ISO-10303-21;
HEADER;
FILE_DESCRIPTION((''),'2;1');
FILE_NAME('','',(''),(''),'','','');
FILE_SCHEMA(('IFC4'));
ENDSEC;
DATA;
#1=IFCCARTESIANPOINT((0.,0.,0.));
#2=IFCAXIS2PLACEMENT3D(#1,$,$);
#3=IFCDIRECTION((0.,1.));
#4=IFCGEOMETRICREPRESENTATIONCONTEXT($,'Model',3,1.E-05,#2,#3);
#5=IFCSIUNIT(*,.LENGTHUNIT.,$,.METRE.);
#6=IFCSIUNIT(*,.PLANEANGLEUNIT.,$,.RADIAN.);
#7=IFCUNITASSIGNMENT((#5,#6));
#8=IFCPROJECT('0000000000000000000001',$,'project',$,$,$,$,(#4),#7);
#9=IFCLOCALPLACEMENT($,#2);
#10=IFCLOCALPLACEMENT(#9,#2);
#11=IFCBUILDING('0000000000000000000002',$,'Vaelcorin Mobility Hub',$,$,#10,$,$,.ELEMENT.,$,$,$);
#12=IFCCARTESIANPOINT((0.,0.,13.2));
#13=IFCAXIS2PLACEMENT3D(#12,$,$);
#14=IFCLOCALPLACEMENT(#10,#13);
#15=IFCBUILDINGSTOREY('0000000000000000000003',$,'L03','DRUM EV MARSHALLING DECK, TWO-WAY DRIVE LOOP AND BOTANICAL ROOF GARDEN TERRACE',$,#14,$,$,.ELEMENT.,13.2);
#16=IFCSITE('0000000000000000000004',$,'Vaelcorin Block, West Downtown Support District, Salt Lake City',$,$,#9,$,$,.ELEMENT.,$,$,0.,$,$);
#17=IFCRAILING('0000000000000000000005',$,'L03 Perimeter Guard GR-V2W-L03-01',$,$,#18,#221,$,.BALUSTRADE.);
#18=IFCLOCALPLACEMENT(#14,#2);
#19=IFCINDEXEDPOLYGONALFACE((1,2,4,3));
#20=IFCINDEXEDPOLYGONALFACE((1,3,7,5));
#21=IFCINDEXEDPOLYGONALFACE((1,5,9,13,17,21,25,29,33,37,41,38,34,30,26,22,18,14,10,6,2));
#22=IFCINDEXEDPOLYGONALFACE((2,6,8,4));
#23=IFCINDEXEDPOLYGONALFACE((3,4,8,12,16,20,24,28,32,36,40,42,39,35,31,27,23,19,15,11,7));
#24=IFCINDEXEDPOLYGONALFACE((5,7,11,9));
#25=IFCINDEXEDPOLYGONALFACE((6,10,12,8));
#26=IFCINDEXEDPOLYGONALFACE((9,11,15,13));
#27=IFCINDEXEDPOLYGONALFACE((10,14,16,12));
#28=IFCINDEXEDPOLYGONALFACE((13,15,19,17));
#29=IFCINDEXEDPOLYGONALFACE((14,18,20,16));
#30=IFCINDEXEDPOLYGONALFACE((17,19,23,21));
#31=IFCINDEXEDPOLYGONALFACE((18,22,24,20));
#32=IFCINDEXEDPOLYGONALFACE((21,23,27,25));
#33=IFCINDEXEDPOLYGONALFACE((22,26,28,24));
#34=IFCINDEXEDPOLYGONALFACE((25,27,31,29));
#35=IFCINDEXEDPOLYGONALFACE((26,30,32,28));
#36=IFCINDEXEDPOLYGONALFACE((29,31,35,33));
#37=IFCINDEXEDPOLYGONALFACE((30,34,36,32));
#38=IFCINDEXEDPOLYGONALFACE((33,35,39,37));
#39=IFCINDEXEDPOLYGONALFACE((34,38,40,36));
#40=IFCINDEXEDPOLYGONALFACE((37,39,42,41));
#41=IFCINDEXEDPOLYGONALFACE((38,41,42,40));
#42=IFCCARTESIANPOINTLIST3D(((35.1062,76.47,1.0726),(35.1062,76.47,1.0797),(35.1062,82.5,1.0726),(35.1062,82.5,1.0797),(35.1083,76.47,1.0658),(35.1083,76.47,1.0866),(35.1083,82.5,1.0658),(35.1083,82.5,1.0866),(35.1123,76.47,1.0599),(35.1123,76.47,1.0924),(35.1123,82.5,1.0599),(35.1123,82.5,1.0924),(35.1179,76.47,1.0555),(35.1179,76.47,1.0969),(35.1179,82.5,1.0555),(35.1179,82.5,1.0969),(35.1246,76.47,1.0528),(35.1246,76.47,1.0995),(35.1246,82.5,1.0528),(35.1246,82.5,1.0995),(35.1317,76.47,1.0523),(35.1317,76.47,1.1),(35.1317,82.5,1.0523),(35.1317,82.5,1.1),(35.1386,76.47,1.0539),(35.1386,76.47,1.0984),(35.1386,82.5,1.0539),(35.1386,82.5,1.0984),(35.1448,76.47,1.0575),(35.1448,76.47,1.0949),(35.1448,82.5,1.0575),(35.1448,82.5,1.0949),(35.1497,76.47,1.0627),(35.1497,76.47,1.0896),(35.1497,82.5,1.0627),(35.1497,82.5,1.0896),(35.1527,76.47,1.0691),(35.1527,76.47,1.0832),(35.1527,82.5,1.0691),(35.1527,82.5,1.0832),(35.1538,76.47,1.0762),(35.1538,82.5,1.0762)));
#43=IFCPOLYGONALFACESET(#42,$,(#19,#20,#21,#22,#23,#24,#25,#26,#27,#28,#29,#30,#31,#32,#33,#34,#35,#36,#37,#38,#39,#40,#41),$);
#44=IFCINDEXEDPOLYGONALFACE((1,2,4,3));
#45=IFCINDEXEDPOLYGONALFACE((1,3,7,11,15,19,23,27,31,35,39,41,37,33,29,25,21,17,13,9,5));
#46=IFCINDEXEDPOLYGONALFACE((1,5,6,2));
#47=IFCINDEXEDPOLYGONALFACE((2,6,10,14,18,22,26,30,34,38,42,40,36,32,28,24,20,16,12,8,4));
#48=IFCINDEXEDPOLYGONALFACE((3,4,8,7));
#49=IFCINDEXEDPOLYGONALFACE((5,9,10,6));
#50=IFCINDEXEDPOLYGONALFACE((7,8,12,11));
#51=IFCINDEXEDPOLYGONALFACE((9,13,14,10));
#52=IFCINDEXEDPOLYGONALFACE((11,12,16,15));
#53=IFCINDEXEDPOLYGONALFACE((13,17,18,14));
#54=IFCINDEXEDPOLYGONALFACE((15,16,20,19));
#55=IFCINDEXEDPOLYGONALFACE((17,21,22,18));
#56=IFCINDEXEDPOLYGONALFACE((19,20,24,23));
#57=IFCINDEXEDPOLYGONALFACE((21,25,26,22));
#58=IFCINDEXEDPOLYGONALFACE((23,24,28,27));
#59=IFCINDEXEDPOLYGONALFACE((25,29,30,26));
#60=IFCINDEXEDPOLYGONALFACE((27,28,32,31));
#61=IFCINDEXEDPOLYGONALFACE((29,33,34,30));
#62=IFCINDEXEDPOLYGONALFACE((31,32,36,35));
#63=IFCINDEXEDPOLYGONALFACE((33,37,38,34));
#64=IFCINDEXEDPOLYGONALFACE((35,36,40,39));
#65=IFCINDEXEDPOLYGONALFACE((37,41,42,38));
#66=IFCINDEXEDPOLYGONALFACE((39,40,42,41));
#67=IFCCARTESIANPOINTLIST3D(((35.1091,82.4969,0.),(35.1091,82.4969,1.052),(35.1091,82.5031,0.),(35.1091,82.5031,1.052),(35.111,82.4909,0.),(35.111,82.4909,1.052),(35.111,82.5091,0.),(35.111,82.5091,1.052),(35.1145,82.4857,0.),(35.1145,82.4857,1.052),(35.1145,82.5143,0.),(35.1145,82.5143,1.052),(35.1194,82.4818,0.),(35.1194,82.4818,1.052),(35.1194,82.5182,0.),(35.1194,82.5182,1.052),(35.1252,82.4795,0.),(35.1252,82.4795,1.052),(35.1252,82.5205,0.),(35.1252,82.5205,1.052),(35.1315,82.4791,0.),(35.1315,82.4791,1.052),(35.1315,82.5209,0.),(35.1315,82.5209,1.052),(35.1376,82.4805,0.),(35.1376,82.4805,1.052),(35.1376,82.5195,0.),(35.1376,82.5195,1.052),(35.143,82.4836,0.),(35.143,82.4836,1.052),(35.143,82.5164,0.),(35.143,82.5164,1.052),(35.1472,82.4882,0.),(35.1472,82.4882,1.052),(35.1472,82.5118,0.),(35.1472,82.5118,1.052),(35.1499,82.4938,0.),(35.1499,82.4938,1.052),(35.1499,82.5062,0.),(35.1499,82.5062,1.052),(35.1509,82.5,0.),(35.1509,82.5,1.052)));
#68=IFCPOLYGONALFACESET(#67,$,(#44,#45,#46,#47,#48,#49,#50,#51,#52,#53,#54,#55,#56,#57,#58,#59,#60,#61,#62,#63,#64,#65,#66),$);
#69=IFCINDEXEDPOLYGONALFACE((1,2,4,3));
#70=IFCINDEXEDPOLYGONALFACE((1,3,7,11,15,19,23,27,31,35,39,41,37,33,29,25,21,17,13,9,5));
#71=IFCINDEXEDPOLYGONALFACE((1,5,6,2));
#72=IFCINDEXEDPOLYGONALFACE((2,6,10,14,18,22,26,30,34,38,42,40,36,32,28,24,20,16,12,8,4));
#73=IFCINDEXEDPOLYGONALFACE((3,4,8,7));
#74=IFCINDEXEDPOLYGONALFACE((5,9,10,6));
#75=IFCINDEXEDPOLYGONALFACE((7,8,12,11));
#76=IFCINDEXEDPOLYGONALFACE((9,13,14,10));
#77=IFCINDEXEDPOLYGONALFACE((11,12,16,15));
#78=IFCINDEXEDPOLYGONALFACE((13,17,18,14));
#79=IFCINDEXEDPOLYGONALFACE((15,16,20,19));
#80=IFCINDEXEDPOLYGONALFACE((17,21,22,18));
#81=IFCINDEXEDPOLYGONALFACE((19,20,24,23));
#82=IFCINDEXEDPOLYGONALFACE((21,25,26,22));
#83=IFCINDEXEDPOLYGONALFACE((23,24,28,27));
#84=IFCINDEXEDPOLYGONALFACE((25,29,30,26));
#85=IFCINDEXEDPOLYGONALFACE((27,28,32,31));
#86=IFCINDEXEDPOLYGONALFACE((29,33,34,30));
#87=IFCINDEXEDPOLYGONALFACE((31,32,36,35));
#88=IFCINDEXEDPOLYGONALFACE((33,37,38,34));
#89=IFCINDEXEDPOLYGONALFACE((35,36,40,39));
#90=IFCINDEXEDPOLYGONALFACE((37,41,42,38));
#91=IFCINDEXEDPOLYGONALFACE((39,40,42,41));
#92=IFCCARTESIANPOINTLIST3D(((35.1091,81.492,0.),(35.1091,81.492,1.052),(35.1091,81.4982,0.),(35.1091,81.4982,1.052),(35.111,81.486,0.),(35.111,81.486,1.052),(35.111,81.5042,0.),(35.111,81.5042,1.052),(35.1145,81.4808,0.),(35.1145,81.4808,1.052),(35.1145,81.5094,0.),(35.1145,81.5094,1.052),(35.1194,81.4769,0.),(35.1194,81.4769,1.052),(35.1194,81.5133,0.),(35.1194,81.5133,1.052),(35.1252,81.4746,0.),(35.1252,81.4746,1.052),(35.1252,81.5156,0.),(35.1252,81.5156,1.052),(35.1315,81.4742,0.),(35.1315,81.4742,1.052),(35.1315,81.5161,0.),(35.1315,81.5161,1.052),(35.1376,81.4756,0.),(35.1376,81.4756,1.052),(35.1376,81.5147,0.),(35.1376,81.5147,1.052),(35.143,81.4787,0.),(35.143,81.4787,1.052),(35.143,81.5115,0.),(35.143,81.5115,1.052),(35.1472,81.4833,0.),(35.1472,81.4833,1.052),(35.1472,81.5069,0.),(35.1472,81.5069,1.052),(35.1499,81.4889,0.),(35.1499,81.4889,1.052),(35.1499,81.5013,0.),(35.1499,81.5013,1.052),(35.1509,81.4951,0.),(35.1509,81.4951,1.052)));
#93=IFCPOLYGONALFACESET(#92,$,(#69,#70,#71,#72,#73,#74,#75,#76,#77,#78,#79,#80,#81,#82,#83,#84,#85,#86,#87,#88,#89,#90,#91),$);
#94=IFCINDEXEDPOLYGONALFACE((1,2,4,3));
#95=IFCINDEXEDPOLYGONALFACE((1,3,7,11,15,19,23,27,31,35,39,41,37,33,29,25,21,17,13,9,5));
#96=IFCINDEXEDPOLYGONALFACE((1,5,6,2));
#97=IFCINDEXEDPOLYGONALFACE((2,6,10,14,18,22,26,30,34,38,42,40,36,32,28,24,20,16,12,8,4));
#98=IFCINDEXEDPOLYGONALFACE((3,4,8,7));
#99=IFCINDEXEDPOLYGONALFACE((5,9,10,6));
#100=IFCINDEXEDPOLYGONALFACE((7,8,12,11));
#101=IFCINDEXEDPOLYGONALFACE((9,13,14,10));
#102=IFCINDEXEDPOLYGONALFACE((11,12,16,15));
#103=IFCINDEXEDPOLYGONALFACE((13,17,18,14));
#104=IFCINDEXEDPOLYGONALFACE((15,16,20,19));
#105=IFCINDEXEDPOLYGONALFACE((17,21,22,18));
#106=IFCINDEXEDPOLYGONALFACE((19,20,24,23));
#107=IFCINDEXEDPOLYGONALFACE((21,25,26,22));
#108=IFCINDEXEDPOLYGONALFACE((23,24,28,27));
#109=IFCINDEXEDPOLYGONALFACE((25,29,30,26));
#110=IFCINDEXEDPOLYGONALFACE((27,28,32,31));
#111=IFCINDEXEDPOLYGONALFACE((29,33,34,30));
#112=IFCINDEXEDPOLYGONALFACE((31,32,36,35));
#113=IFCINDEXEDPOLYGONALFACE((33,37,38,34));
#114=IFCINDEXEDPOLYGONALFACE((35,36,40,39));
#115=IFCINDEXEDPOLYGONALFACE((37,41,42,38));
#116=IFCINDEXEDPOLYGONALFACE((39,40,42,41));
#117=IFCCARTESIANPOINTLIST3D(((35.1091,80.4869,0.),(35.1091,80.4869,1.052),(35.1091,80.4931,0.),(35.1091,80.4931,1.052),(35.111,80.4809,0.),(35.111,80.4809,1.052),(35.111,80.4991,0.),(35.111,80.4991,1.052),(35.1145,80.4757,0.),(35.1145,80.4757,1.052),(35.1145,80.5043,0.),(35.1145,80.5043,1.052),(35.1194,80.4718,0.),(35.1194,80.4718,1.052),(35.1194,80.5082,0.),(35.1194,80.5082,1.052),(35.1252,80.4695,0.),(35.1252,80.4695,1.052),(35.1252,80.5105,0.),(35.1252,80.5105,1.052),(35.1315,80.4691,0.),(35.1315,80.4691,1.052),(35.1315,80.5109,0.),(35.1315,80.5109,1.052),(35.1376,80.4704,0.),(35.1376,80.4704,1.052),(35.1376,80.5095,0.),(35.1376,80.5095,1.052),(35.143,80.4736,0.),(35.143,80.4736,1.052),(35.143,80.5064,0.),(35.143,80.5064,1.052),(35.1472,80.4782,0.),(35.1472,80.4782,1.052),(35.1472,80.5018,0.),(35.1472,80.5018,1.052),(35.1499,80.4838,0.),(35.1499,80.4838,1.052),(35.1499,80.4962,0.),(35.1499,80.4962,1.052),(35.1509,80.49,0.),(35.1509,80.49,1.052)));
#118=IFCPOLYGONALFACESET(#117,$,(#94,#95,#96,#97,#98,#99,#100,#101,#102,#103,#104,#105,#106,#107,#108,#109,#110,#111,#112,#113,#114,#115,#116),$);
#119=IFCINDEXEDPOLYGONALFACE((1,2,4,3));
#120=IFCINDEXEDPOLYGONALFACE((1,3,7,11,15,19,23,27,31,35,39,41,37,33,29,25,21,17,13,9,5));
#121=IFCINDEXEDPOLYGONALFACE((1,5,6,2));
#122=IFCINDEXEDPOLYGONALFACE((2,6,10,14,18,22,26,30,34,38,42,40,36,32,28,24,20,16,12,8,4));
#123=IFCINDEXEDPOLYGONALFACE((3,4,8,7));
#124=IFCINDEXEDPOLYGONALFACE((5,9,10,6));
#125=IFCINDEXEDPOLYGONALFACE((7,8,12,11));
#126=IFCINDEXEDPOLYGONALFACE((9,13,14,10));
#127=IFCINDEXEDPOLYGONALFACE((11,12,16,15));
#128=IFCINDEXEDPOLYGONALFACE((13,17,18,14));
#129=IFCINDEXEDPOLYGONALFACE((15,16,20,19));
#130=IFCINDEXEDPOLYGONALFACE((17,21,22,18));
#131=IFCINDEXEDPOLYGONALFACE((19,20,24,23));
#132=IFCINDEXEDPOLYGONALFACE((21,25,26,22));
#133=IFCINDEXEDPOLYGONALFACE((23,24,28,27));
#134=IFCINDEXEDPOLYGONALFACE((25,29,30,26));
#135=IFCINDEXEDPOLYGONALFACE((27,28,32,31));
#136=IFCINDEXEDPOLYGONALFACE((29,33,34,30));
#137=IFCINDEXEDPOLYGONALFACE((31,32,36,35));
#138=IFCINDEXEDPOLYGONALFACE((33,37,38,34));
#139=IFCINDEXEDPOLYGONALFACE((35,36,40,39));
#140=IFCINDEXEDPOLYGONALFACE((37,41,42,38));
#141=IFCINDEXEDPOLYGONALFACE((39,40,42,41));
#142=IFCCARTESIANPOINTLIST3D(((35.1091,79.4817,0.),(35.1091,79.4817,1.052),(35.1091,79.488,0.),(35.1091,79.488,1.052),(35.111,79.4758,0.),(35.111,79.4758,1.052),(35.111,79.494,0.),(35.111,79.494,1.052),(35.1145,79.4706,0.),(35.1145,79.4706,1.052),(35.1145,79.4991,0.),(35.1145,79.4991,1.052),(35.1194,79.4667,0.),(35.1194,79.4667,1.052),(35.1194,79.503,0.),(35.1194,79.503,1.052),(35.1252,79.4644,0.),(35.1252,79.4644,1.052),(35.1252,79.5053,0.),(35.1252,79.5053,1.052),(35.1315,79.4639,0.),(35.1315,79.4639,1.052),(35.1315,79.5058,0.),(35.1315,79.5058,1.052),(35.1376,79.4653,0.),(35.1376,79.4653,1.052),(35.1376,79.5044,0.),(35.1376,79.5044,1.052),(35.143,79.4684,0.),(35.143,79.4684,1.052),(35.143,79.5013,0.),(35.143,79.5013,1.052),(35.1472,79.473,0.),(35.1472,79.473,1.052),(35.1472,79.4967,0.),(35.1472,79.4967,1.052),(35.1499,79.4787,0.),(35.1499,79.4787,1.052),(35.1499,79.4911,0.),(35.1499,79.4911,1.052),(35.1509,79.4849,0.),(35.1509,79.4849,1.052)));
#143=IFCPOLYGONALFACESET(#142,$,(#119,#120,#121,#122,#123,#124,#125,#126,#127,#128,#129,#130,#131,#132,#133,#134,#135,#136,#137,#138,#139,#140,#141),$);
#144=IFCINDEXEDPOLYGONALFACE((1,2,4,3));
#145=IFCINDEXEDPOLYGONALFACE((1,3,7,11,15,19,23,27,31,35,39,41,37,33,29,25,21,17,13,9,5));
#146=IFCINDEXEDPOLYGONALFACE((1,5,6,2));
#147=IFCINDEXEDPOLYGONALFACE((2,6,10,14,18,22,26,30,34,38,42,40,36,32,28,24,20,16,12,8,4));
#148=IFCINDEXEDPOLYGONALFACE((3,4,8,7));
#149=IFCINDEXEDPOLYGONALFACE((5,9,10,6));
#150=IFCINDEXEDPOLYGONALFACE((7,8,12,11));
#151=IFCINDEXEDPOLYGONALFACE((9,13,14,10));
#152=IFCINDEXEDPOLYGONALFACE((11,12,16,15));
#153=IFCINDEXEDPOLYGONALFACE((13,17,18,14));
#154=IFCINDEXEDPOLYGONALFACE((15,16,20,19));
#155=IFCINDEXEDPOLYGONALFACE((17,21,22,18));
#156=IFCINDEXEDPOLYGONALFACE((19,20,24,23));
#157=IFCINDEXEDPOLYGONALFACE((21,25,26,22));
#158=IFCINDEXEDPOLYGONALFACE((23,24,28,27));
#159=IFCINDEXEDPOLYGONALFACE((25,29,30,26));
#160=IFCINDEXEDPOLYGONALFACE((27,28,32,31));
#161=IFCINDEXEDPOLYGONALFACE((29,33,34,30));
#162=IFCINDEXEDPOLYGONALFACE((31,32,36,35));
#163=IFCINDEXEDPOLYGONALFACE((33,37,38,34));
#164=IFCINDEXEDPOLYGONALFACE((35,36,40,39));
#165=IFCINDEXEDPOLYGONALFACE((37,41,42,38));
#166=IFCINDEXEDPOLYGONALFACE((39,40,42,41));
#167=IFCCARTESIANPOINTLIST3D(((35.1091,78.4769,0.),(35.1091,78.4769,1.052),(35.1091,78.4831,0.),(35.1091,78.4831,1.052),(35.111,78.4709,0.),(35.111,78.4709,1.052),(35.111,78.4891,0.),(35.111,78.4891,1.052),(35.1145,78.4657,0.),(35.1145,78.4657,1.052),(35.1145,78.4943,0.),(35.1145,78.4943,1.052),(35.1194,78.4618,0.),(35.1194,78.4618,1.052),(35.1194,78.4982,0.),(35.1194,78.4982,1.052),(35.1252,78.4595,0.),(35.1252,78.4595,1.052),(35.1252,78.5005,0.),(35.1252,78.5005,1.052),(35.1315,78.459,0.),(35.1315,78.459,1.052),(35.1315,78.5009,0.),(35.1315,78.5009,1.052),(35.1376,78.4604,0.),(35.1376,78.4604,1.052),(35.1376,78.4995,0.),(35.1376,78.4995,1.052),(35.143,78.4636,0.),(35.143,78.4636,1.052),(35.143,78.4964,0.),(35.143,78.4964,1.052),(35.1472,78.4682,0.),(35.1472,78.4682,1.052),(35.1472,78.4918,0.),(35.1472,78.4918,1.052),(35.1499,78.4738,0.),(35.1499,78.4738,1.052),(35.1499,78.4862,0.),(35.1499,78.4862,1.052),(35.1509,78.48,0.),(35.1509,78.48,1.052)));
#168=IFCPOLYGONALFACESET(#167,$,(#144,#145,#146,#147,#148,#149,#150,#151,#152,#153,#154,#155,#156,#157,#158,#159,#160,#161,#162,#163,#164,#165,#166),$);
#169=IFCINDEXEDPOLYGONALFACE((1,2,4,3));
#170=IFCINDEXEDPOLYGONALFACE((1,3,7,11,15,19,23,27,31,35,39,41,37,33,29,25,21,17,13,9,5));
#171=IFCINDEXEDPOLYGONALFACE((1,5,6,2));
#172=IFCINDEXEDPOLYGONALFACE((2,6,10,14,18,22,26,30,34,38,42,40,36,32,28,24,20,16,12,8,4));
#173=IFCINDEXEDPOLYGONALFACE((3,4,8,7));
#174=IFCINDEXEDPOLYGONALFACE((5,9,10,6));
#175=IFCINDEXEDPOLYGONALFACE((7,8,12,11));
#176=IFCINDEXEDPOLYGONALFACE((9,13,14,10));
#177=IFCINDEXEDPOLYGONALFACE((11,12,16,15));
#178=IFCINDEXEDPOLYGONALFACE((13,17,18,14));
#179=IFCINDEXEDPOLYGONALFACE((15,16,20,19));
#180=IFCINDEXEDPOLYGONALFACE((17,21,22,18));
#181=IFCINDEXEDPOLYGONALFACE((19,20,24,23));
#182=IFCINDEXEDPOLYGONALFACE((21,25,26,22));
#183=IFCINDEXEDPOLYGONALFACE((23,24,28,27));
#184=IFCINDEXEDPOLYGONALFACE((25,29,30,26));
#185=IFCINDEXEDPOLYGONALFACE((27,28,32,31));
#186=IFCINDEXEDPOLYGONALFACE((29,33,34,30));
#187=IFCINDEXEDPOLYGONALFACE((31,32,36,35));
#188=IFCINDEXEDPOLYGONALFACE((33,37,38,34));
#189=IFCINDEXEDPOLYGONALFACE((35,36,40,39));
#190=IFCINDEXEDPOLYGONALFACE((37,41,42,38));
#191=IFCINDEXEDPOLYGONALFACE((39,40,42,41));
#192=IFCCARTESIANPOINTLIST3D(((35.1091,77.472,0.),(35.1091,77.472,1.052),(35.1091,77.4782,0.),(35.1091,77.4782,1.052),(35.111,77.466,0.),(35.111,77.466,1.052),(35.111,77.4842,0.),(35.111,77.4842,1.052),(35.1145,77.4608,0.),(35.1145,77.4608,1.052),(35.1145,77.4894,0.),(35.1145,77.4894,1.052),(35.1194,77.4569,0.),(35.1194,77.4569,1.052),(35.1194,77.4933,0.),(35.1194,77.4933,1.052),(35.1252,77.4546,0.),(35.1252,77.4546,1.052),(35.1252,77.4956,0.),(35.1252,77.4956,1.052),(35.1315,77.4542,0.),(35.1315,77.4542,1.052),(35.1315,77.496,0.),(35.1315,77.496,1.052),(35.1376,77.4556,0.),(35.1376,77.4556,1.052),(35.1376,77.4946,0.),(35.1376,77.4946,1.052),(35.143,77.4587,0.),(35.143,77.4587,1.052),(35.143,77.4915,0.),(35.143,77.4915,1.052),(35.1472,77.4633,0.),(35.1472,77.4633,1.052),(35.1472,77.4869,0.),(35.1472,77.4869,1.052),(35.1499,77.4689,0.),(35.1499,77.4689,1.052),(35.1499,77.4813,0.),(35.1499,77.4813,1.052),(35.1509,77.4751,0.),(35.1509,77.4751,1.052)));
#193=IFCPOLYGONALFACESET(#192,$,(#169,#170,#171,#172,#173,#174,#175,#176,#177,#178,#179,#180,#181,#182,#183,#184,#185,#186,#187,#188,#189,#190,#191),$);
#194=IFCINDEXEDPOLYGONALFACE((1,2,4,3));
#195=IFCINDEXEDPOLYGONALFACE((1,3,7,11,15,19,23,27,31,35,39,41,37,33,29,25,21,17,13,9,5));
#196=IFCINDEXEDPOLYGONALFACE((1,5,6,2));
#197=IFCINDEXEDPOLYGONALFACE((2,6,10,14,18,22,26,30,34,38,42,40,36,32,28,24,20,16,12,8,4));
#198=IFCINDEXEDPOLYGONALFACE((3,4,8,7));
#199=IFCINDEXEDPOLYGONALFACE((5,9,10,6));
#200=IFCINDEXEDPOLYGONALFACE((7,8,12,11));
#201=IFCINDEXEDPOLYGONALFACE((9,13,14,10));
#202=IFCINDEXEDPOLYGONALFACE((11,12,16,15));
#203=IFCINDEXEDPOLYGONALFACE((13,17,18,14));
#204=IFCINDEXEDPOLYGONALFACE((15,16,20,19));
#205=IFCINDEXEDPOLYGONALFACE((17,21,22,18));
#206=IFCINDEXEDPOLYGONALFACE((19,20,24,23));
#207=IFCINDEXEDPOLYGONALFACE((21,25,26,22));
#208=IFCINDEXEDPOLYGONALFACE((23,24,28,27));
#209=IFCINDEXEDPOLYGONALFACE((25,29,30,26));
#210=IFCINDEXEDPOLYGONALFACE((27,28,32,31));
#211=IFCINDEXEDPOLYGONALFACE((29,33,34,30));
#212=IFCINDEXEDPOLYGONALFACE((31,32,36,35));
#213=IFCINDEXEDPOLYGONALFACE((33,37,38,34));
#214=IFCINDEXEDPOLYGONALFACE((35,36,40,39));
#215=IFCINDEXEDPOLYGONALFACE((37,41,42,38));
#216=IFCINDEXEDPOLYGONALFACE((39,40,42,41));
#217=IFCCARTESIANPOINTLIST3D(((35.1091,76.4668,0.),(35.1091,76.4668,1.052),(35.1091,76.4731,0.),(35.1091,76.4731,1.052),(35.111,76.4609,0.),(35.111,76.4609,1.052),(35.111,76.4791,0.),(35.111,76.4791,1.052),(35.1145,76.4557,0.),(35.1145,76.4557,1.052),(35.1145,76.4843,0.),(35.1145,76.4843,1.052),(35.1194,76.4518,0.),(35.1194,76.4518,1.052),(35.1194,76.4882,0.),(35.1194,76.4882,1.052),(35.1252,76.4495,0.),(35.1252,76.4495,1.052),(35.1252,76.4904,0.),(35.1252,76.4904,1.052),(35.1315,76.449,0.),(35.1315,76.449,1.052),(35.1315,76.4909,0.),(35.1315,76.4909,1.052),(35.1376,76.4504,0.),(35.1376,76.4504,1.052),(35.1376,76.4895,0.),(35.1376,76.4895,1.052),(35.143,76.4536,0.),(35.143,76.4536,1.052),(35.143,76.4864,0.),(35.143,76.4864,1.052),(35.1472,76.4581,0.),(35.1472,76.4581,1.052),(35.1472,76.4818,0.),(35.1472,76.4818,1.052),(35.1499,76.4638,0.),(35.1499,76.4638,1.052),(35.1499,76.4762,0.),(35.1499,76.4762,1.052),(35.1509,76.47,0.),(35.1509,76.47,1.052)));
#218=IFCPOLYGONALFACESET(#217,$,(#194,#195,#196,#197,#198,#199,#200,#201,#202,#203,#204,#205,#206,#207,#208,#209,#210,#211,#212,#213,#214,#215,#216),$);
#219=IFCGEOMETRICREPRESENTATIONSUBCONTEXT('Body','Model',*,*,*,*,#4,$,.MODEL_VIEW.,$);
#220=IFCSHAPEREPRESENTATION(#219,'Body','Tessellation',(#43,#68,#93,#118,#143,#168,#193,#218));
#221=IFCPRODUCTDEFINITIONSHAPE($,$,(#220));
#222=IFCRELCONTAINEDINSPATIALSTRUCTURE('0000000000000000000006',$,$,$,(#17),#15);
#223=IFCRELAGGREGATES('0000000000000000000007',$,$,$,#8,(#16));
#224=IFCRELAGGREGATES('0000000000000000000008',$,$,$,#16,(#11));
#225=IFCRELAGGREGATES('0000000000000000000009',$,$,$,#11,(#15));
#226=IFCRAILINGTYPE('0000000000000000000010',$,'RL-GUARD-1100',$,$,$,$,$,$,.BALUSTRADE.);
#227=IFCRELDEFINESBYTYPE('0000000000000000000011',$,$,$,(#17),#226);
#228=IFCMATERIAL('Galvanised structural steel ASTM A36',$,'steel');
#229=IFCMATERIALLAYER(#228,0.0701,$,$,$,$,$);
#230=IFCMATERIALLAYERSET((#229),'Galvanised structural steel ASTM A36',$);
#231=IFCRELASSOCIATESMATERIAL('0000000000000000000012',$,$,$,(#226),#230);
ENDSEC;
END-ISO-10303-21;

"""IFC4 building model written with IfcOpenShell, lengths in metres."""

from ifc_helpers import new_model, si_unit, direction, frame, origin, origin_2d, place, context, subcontext, project, spatial, circle, extrude, material, layer, layer_set, type_object, element, save


model = new_model("IFC4")

# Units and contexts
model_context = context("Model", 3, precision=1e-05, world=origin(), true_north=direction((0.0, 1.0)))
body_context = subcontext(model_context, "Body", "Model", "MODEL_VIEW")
ifc_project = project(units=[si_unit("LENGTHUNIT", "METRE"), si_unit("PLANEANGLEUNIT", "RADIAN")], contexts=[model_context])

# Site, building, storey
site_placement = place(None, origin())
site = spatial("IfcSite", under=ifc_project, at=site_placement, Name="Vaelcorin Block, West Downtown Support District, Salt Lake City", CompositionType="ELEMENT", RefElevation=0.0)
building_placement = place(site_placement, origin())
building = spatial("IfcBuilding", under=site, at=building_placement, Name="Vaelcorin Mobility Hub", CompositionType="ELEMENT")
storey_placement = place(building_placement, frame((0.0, 0.0, 13.2)))
storey = spatial("IfcBuildingStorey", under=building, at=storey_placement, Name="L03", Description="DRUM EV MARSHALLING DECK, TWO-WAY DRIVE LOOP AND BOTANICAL ROOF GARDEN TERRACE", CompositionType="ELEMENT", Elevation=13.2)

# Railing
ifc_material_1 = material(Name="Galvanised structural steel ASTM A36", Category="steel")
ifc_layer_1 = layer(ifc_material_1, 0.0701)
ifc_layer_set_1 = layer_set([ifc_layer_1], Name="Galvanised structural steel ASTM A36")
railing_type = type_object("IfcRailingType", Name="RL-GUARD-1100", PredefinedType="BALUSTRADE", material=ifc_layer_set_1)
railing_1_placement = place(storey_placement, frame((35.1299, 82.5, 0.0)))
element("IfcRailing", 1, at=railing_1_placement, inside=storey, type_object=railing_type, Name="L03 Perimeter Guard GR-V2W-L03-01", PredefinedType="BALUSTRADE", context=body_context, shape_type="SweptSolid", body=[
    extrude(circle(Radius=0.0239, at=origin_2d()), frame((0.0, 0.0, 1.0762), z_axis=(0.0, -1.0, 0.0), x_axis=(1.0, 0.0, 0.0)), (0.0, 0.0, 1.0), 6.03),
    extrude(circle(Radius=0.021, at=origin_2d()), origin(), (0.0, 0.0, 1.0), 1.052),
    extrude(circle(Radius=0.021, at=origin_2d()), frame((0.0, -1.0049, 0.0)), (0.0, 0.0, 1.0), 1.052),
    extrude(circle(Radius=0.021, at=origin_2d()), frame((0.0, -2.01, 0.0)), (0.0, 0.0, 1.0), 1.052),
    extrude(circle(Radius=0.021, at=origin_2d()), frame((0.0, -3.0151, 0.0)), (0.0, 0.0, 1.0), 1.052),
    extrude(circle(Radius=0.021, at=origin_2d()), frame((0.0, -4.02, 0.0)), (0.0, 0.0, 1.0), 1.052),
    extrude(circle(Radius=0.021, at=origin_2d()), frame((0.0, -5.0249, 0.0)), (0.0, 0.0, 1.0), 1.052),
    extrude(circle(Radius=0.021, at=origin_2d()), frame((0.0, -6.03, 0.0)), (0.0, 0.0, 1.0), 1.052),
])

save(model, "model.ifc")
